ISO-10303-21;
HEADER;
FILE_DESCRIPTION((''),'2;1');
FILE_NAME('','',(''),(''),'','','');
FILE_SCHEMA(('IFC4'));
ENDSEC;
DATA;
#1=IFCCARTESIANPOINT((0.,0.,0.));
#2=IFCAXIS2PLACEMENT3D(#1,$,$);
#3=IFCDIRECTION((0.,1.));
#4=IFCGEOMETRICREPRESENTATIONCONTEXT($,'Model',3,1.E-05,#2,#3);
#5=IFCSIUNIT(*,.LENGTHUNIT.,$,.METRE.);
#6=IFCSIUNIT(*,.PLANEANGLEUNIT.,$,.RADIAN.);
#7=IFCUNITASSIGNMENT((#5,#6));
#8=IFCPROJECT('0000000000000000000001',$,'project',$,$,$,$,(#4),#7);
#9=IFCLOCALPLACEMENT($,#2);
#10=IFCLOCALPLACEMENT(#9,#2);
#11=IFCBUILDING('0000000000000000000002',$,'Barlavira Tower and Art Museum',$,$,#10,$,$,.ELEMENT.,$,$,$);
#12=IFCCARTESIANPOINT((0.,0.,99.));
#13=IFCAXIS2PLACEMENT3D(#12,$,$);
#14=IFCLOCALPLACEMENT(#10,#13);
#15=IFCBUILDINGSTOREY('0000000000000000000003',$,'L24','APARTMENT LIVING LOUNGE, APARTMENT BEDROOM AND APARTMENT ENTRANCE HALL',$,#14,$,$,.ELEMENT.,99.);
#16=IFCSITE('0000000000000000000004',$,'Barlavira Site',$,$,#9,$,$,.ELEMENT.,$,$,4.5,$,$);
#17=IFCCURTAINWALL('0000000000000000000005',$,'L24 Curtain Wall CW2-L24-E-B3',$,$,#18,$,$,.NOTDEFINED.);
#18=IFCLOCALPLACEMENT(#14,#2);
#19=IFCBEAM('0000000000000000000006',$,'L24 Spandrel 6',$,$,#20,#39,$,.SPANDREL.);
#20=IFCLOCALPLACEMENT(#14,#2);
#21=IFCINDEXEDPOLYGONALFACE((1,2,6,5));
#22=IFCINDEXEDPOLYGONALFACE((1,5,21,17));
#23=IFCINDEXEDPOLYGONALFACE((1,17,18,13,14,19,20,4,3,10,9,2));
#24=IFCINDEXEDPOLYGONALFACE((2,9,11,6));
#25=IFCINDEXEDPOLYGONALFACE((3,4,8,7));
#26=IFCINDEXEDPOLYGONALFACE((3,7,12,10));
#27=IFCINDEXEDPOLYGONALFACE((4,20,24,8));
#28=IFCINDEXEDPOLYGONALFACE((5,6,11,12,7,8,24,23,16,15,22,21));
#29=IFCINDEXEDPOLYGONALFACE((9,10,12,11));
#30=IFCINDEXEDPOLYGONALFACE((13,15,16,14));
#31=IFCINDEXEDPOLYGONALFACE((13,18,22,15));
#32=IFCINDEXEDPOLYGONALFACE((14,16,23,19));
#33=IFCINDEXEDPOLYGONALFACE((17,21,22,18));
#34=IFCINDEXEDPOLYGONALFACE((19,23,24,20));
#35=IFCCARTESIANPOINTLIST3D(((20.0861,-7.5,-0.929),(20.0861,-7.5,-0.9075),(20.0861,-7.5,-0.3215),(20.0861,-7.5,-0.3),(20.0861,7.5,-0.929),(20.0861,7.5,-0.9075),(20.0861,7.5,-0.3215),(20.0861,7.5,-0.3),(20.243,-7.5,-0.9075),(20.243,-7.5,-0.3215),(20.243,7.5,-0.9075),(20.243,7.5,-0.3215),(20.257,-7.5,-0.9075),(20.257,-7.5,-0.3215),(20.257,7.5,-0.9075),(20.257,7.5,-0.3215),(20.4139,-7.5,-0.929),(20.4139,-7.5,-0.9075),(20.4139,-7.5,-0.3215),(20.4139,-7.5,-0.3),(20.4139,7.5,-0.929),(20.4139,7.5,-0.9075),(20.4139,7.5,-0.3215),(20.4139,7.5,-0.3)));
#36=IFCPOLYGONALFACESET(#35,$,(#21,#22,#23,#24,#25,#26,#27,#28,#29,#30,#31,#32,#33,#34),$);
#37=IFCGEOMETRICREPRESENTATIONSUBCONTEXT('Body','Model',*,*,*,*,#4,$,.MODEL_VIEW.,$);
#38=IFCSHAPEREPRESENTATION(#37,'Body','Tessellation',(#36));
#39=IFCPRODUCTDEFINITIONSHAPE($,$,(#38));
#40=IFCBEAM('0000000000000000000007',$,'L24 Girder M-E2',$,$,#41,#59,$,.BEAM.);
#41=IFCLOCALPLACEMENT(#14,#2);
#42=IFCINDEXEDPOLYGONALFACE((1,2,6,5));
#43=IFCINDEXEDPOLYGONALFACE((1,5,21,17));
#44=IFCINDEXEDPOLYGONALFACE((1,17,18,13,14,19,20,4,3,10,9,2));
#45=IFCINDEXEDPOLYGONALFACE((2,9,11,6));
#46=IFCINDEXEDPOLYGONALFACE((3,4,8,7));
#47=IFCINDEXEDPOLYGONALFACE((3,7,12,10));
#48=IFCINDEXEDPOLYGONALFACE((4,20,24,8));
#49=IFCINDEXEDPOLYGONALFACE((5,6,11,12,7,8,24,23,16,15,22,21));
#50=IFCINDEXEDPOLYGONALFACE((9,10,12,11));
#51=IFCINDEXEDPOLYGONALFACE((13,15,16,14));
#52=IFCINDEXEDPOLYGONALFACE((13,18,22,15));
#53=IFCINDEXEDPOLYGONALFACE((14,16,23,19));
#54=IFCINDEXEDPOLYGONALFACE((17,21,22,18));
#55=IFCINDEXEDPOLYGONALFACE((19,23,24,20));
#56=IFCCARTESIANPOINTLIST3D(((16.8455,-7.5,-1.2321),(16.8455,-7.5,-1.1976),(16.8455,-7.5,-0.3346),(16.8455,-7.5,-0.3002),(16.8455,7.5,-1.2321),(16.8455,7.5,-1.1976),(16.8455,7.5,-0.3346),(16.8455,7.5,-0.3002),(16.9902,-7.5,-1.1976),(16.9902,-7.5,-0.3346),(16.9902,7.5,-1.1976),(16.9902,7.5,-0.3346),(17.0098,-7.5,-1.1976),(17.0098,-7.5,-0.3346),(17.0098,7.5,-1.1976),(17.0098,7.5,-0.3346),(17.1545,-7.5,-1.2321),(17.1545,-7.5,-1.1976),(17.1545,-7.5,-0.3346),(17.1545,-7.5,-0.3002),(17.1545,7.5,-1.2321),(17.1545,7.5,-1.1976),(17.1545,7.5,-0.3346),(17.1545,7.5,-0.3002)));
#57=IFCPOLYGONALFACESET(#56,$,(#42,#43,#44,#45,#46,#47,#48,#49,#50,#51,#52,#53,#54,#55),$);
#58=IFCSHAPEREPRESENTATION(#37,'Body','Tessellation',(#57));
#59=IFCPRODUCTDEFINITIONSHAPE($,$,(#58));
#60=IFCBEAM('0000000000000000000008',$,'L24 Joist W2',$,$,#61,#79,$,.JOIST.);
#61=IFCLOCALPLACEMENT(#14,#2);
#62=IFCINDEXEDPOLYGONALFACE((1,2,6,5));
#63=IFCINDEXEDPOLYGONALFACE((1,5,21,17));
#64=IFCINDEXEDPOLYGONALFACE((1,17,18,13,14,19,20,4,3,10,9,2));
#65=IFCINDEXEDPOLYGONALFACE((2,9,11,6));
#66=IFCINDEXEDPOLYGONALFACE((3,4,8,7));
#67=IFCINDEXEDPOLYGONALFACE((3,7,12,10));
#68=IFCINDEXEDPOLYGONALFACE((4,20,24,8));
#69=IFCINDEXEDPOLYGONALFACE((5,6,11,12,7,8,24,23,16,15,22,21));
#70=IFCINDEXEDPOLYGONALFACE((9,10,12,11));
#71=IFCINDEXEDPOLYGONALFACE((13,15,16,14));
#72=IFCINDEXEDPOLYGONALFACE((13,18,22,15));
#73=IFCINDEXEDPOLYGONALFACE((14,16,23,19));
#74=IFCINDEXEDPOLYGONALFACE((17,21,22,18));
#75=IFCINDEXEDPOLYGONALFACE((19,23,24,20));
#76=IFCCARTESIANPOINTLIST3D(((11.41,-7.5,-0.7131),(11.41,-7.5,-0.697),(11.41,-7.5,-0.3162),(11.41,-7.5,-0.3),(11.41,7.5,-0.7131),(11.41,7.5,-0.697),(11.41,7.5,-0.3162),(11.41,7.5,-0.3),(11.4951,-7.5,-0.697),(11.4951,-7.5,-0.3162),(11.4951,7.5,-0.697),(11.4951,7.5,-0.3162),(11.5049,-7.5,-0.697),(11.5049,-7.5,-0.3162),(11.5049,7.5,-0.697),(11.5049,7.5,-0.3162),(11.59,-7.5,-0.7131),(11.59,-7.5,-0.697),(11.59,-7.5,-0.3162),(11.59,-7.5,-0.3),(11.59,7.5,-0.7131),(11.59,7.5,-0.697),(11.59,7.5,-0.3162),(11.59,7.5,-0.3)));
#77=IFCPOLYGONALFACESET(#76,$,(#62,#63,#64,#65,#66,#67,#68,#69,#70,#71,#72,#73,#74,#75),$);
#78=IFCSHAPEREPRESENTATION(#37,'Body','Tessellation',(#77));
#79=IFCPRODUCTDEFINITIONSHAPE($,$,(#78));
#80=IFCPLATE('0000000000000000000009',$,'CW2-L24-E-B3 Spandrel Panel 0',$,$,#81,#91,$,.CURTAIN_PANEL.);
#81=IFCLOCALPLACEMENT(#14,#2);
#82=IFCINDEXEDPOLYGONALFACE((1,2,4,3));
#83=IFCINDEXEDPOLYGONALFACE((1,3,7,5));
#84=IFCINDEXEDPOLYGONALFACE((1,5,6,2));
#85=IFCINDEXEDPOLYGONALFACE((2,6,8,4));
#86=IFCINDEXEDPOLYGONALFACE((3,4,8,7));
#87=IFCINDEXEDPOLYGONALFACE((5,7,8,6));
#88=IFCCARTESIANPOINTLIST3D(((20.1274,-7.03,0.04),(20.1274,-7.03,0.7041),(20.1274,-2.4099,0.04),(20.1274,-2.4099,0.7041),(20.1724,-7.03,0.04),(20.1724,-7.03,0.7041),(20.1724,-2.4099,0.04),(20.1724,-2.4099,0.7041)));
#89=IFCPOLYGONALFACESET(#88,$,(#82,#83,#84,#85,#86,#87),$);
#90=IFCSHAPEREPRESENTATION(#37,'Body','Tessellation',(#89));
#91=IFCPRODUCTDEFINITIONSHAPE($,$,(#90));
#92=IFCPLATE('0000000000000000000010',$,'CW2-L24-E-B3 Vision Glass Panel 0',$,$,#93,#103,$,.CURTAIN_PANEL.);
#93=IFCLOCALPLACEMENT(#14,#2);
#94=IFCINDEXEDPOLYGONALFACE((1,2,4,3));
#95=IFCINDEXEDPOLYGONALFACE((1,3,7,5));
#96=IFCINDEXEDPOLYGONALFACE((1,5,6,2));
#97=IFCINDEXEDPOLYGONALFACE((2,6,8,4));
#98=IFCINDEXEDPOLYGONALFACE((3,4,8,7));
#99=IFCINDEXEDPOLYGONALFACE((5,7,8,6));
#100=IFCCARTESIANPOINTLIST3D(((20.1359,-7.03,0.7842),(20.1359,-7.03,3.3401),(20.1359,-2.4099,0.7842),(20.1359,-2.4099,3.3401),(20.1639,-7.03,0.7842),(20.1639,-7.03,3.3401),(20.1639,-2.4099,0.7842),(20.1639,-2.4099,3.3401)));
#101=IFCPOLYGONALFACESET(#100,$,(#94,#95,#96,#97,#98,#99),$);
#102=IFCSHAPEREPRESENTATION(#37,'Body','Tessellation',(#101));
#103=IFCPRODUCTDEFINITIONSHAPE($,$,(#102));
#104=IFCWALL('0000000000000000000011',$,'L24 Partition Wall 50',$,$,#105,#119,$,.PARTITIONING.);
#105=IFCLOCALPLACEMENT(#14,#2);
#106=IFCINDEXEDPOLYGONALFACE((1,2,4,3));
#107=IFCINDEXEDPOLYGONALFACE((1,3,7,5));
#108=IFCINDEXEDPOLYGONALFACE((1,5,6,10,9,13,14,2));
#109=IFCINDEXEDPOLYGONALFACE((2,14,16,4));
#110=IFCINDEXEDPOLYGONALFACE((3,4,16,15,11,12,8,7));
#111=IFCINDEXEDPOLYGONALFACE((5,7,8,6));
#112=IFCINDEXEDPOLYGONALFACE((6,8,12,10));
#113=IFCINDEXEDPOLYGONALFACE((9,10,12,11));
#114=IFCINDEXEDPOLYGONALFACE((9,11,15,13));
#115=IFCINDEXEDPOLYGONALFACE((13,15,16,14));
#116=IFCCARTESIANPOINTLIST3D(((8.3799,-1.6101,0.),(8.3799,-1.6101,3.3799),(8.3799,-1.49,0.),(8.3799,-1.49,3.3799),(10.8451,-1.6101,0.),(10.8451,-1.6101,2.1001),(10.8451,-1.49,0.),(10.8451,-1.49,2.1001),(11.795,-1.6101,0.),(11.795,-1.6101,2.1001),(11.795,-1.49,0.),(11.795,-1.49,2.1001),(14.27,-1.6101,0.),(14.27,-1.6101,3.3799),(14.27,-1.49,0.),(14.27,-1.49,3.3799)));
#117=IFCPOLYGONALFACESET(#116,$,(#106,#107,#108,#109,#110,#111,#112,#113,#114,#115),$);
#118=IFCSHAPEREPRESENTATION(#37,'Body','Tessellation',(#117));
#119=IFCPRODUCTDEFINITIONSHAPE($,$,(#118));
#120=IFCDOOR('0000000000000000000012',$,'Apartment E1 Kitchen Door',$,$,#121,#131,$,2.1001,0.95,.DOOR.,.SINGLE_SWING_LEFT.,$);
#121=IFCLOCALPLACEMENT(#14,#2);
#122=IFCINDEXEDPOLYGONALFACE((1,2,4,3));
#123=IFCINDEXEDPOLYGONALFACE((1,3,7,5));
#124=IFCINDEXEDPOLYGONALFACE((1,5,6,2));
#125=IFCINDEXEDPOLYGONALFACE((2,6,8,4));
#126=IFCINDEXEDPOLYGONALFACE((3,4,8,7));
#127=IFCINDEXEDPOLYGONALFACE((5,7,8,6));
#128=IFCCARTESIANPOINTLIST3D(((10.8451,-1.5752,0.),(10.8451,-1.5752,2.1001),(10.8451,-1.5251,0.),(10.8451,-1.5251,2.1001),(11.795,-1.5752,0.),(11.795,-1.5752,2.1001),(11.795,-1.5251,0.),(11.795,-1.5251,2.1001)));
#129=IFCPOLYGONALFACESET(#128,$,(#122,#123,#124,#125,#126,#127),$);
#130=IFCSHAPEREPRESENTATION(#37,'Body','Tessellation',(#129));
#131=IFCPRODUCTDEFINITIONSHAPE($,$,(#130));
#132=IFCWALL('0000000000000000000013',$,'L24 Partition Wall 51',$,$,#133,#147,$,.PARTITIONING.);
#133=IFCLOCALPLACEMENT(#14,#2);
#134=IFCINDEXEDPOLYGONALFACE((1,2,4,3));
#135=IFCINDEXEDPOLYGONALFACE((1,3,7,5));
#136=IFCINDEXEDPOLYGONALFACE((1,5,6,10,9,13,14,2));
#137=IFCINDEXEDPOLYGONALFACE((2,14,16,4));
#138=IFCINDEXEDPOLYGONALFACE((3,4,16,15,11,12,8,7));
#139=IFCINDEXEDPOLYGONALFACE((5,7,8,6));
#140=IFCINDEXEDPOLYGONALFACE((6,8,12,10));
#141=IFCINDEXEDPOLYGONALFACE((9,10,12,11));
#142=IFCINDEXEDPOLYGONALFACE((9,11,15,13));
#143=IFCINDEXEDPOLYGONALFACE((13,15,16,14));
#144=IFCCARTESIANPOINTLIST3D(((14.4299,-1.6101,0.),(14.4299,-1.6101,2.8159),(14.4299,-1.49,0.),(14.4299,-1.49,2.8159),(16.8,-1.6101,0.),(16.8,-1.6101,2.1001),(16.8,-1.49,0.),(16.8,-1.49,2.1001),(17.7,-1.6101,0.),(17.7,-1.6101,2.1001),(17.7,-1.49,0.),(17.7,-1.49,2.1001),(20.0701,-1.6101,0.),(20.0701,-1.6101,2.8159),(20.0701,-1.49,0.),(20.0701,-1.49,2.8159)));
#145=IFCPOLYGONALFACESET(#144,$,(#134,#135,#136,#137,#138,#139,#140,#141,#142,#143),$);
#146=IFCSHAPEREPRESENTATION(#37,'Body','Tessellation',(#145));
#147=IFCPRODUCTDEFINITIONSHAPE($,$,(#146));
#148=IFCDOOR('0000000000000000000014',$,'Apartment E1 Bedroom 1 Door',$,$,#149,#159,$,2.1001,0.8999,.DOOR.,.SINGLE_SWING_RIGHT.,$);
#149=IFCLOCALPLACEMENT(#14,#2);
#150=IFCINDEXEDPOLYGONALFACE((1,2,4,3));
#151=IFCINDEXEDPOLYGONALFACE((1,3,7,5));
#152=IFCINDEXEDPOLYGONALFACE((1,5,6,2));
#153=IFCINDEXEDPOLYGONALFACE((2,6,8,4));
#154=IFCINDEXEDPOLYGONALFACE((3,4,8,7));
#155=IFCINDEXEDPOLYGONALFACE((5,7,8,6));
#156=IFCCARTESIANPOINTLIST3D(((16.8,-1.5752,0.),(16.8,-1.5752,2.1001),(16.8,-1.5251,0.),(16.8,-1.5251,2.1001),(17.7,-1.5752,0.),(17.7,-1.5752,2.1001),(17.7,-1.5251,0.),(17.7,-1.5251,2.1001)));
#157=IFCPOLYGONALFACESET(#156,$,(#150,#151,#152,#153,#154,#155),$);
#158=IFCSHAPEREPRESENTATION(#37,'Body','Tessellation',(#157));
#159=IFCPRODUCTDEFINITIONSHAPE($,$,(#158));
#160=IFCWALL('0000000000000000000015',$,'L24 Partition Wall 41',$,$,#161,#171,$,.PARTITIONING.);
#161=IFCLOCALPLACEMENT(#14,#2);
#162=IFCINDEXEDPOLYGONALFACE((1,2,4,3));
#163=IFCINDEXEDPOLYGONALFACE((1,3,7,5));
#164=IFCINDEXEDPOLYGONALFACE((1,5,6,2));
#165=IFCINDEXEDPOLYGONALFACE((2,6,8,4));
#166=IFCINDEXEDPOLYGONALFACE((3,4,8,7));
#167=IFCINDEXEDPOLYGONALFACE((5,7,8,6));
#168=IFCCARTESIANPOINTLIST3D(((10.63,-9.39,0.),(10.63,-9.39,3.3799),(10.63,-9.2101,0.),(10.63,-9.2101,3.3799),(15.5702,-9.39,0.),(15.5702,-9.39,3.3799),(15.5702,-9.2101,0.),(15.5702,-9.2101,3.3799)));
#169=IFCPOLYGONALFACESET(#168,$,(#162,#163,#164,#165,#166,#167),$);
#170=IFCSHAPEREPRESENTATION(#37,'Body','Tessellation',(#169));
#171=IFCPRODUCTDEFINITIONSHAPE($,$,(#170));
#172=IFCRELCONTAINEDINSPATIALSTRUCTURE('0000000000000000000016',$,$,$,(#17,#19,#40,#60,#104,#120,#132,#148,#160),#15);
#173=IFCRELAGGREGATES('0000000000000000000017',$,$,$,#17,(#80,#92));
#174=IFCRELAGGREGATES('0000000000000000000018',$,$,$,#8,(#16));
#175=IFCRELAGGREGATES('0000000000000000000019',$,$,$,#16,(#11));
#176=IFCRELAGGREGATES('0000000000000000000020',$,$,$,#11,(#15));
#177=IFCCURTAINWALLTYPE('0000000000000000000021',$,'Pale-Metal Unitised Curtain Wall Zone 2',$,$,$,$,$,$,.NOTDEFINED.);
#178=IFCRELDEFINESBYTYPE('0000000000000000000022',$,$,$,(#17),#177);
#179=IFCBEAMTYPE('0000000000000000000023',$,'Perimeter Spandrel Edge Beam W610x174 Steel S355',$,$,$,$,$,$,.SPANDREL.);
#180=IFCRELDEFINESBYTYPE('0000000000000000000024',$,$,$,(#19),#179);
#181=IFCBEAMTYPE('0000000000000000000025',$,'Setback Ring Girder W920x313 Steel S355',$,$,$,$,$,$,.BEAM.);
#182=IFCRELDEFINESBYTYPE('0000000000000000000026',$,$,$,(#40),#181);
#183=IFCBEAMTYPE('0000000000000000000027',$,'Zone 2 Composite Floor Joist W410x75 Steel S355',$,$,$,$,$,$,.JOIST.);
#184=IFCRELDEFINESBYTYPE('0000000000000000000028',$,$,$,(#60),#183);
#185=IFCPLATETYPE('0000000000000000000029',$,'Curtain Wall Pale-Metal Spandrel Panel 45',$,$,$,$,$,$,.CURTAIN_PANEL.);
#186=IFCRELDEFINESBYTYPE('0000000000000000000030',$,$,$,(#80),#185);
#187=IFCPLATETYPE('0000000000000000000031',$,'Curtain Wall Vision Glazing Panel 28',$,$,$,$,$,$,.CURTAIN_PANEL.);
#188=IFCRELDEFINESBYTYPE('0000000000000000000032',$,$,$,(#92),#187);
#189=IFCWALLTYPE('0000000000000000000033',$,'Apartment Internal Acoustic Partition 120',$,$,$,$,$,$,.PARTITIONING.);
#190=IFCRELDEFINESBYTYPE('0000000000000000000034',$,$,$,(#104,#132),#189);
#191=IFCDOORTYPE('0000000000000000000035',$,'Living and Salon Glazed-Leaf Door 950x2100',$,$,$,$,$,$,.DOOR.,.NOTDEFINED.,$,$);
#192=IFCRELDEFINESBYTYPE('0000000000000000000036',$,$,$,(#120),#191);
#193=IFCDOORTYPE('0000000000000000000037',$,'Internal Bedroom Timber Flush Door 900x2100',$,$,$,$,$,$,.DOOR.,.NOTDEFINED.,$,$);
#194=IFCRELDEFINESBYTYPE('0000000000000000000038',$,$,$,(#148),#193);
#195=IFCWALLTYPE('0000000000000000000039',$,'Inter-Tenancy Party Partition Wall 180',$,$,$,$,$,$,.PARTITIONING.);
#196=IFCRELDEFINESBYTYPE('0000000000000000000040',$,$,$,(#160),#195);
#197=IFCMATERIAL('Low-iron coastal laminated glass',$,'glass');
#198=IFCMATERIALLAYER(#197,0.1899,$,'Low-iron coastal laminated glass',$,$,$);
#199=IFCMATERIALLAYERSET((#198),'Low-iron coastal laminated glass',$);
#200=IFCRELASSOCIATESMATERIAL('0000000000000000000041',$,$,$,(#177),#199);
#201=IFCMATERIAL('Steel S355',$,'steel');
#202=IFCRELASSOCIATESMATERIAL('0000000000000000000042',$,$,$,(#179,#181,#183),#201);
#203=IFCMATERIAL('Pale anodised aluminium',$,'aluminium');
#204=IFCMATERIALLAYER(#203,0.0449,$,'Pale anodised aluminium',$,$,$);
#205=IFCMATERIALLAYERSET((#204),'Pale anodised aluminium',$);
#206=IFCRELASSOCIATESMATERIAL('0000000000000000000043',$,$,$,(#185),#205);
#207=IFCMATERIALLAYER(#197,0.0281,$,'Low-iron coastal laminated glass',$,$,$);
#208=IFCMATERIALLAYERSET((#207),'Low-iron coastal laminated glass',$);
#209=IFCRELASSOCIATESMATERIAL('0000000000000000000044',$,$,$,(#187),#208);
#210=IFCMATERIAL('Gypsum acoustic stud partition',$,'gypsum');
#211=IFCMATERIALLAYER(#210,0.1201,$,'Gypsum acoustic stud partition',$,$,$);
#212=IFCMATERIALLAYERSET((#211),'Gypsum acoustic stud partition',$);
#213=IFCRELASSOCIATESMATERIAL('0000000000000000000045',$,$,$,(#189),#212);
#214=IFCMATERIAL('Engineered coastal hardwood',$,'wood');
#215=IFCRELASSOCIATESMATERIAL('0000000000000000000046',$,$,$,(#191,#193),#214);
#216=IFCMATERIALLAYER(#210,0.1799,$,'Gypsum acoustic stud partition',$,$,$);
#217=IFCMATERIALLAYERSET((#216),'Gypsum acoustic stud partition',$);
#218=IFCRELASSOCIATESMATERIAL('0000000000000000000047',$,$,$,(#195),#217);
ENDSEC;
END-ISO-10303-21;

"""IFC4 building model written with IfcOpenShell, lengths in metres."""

from ifc_helpers import new_model, si_unit, direction, frame, frame_2d, origin, origin_2d, place, context, subcontext, project, spatial, rectangle, i_section, extrude, material, layer, layer_set, material_profile, profile_set, type_object, element, fill, aggregate, save


model = new_model("IFC4")

# Units and contexts
model_context = context("Model", 3, precision=1e-05, world=origin(), true_north=direction((0.0, 1.0)))
body_context = subcontext(model_context, "Body", "Model", "MODEL_VIEW")
ifc_project = project(units=[si_unit("LENGTHUNIT", "METRE"), si_unit("PLANEANGLEUNIT", "RADIAN")], contexts=[model_context])

# Site, building, storey
site_placement = place(None, origin())
site = spatial("IfcSite", under=ifc_project, at=site_placement, Name="Barlavira Site", CompositionType="ELEMENT", RefElevation=4.5)
building_placement = place(site_placement, origin())
building = spatial("IfcBuilding", under=site, at=building_placement, Name="Barlavira Tower and Art Museum", CompositionType="ELEMENT")
storey_placement = place(building_placement, frame((0.0, 0.0, 99.0)))
storey = spatial("IfcBuildingStorey", under=building, at=storey_placement, Name="L24", Description="APARTMENT LIVING LOUNGE, APARTMENT BEDROOM AND APARTMENT ENTRANCE HALL", CompositionType="ELEMENT", Elevation=99.0)

# Curtain wall
ifc_material_1 = material(Name="Low-iron coastal laminated glass", Category="glass")
ifc_layer_1 = layer(ifc_material_1, 0.1899, Name="Low-iron coastal laminated glass")
ifc_layer_set_1 = layer_set([ifc_layer_1], Name="Low-iron coastal laminated glass")
curtain_wall_type = type_object("IfcCurtainWallType", Name="Pale-Metal Unitised Curtain Wall Zone 2", PredefinedType="NOTDEFINED", material=ifc_layer_set_1)
curtain_wall_placement = place(storey_placement, origin())
curtain_wall = element("IfcCurtainWall", 1, at=curtain_wall_placement, inside=storey, type_object=curtain_wall_type, Name="L24 Curtain Wall CW2-L24-E-B3", PredefinedType="NOTDEFINED")
ifc_material_2 = material(Name="Pale anodised aluminium", Category="aluminium")

# Beams
ifc_material_3 = material(Name="Steel S355", Category="steel")
ifc_material_profile_1 = material_profile(ifc_material_3, i_section(OverallWidth=0.3279, OverallDepth=0.6289, WebThickness=0.0139, FlangeThickness=0.0215, at=origin_2d()), Name="W610x174.0")
ifc_profile_set_1 = profile_set([ifc_material_profile_1], Name="Steel S355")
beam_type_1 = type_object("IfcBeamType", Name="Perimeter Spandrel Edge Beam W610x174 Steel S355", PredefinedType="SPANDREL", material=ifc_profile_set_1)
beam_1_placement = place(storey_placement, frame((20.25, -7.5, -0.6145), z_axis=(0.0, 1.0, 0.0), x_axis=(-1.0, 0.0, 0.0)))
element("IfcBeam", 2, at=beam_1_placement, inside=storey, type_object=beam_type_1, Name="L24 Spandrel 6", PredefinedType="SPANDREL", context=body_context, shape_type="SweptSolid", body=[
    extrude(i_section(OverallWidth=0.3279, OverallDepth=0.6289, WebThickness=0.0139, FlangeThickness=0.0215, at=origin_2d()), origin(), (0.0, 0.0, 1.0), 15.0),
])
ifc_material_profile_2 = material_profile(ifc_material_3, i_section(OverallWidth=0.3091, OverallDepth=0.9319, WebThickness=0.0195, FlangeThickness=0.0344, at=origin_2d()), Name="W920x313.0")
ifc_profile_set_2 = profile_set([ifc_material_profile_2], Name="Steel S355")
beam_type_2 = type_object("IfcBeamType", Name="Setback Ring Girder W920x313 Steel S355", PredefinedType="BEAM", material=ifc_profile_set_2)
beam_2_placement = place(storey_placement, frame((17.0, -7.5, -0.7661), z_axis=(0.0, 1.0, 0.0), x_axis=(-1.0, 0.0, 0.0)))
element("IfcBeam", 3, at=beam_2_placement, inside=storey, type_object=beam_type_2, Name="L24 Girder M-E2", PredefinedType="BEAM", context=body_context, shape_type="SweptSolid", body=[
    extrude(i_section(OverallWidth=0.3091, OverallDepth=0.9319, WebThickness=0.0195, FlangeThickness=0.0344, at=origin_2d()), origin(), (0.0, 0.0, 1.0), 15.0),
])
ifc_material_profile_3 = material_profile(ifc_material_3, i_section(OverallWidth=0.1799, OverallDepth=0.4131, WebThickness=0.0098, FlangeThickness=0.0161, at=origin_2d()), Name="W410x75.0")
ifc_profile_set_3 = profile_set([ifc_material_profile_3], Name="Steel S355")
beam_type_3 = type_object("IfcBeamType", Name="Zone 2 Composite Floor Joist W410x75 Steel S355", PredefinedType="JOIST", material=ifc_profile_set_3)
beam_3_placement = place(storey_placement, frame((11.5, -7.5, -0.5066), z_axis=(0.0, 1.0, 0.0), x_axis=(-1.0, 0.0, 0.0)))
element("IfcBeam", 4, at=beam_3_placement, inside=storey, type_object=beam_type_3, Name="L24 Joist W2", PredefinedType="JOIST", context=body_context, shape_type="SweptSolid", body=[
    extrude(i_section(OverallWidth=0.1799, OverallDepth=0.4131, WebThickness=0.0098, FlangeThickness=0.0161, at=origin_2d()), origin(), (0.0, 0.0, 1.0), 15.0),
])

# Plates
ifc_layer_2 = layer(ifc_material_2, 0.0449, Name="Pale anodised aluminium")
ifc_layer_set_2 = layer_set([ifc_layer_2], Name="Pale anodised aluminium")
plate_type_1 = type_object("IfcPlateType", Name="Curtain Wall Pale-Metal Spandrel Panel 45", PredefinedType="CURTAIN_PANEL", material=ifc_layer_set_2)
plate_1_placement = place(storey_placement, frame((20.1499, -4.72, 0.04), z_axis=(0.0, 0.0, 1.0), x_axis=(0.0, 1.0, 0.0)))
plate_1 = element("IfcPlate", 5, at=plate_1_placement, type_object=plate_type_1, Name="CW2-L24-E-B3 Spandrel Panel 0", PredefinedType="CURTAIN_PANEL", context=body_context, shape_type="SweptSolid", body=[
    extrude(rectangle(XDim=4.6201, YDim=0.0449, at=origin_2d()), origin(), (0.0, 0.0, 1.0), 0.6641),
])
ifc_layer_3 = layer(ifc_material_1, 0.0281, Name="Low-iron coastal laminated glass")
ifc_layer_set_3 = layer_set([ifc_layer_3], Name="Low-iron coastal laminated glass")
plate_type_2 = type_object("IfcPlateType", Name="Curtain Wall Vision Glazing Panel 28", PredefinedType="CURTAIN_PANEL", material=ifc_layer_set_3)
plate_2_placement = place(storey_placement, frame((20.1499, -4.72, 0.7842), z_axis=(0.0, 0.0, 1.0), x_axis=(0.0, 1.0, 0.0)))
plate_2 = element("IfcPlate", 6, at=plate_2_placement, type_object=plate_type_2, Name="CW2-L24-E-B3 Vision Glass Panel 0", PredefinedType="CURTAIN_PANEL", context=body_context, shape_type="SweptSolid", body=[
    extrude(rectangle(XDim=4.6201, YDim=0.0281, at=origin_2d()), origin(), (0.0, 0.0, 1.0), 2.5559),
])
aggregate(curtain_wall, [plate_1, plate_2])

# Walls, openings, doors
ifc_material_4 = material(Name="Gypsum acoustic stud partition", Category="gypsum")
ifc_layer_4 = layer(ifc_material_4, 0.1201, Name="Gypsum acoustic stud partition")
ifc_layer_set_4 = layer_set([ifc_layer_4], Name="Gypsum acoustic stud partition")
wall_type_1 = type_object("IfcWallType", Name="Apartment Internal Acoustic Partition 120", PredefinedType="PARTITIONING", material=ifc_layer_set_4)
wall_1_placement = place(storey_placement, frame((8.3799, -1.55, 0.0), z_axis=(0.0, 0.0, 1.0), x_axis=(1.0, 0.0, 0.0)))
wall_1 = element("IfcWall", 7, at=wall_1_placement, inside=storey, type_object=wall_type_1, Name="L24 Partition Wall 50", PredefinedType="PARTITIONING", context=body_context, shape_type="SweptSolid", body=[
    extrude(rectangle(XDim=5.8901, YDim=0.1201, at=frame_2d((2.9451, 0.0))), origin(), (0.0, 0.0, 1.0), 3.3799),
])
opening_1_placement = place(wall_1_placement, frame((2.4651, 0.0, 0.0)))
opening_1 = element("IfcOpeningElement", 8, at=opening_1_placement, cuts=wall_1, PredefinedType="OPENING", context=body_context, shape_type="SweptSolid", body=[
    extrude(rectangle(XDim=0.95, YDim=2.1001, at=frame_2d((0.4751, 1.05))), frame((0.0, 0.0701, 0.0), z_axis=(0.0, -1.0, 0.0), x_axis=(1.0, 0.0, 0.0)), (0.0, 0.0, 1.0), 0.1401),
])
ifc_material_5 = material(Name="Engineered coastal hardwood", Category="wood")
door_type_1 = type_object("IfcDoorType", Name="Living and Salon Glazed-Leaf Door 950x2100", OperationType="NOTDEFINED", PredefinedType="DOOR", material=ifc_material_5)
door_1_placement = place(opening_1_placement, origin())
door_1 = element("IfcDoor", 9, at=door_1_placement, inside=storey, type_object=door_type_1, Name="Apartment E1 Kitchen Door", OperationType="SINGLE_SWING_LEFT", OverallHeight=2.1001, OverallWidth=0.95, PredefinedType="DOOR", context=body_context, shape_type="SweptSolid", body=[
    extrude(rectangle(XDim=0.95, YDim=2.1001, at=frame_2d((0.4751, 1.05))), frame((0.0, 0.0249, 0.0), z_axis=(0.0, -1.0, 0.0), x_axis=(1.0, 0.0, 0.0)), (0.0, 0.0, 1.0), 0.05),
])
fill(opening_1, door_1)
wall_2_placement = place(storey_placement, frame((14.4299, -1.55, 0.0), z_axis=(0.0, 0.0, 1.0), x_axis=(1.0, 0.0, 0.0)))
wall_2 = element("IfcWall", 10, at=wall_2_placement, inside=storey, type_object=wall_type_1, Name="L24 Partition Wall 51", PredefinedType="PARTITIONING", context=body_context, shape_type="SweptSolid", body=[
    extrude(rectangle(XDim=5.6401, YDim=0.1201, at=frame_2d((2.8201, 0.0))), origin(), (0.0, 0.0, 1.0), 2.8159),
])
opening_2_placement = place(wall_2_placement, frame((2.3701, 0.0, 0.0)))
opening_2 = element("IfcOpeningElement", 11, at=opening_2_placement, cuts=wall_2, PredefinedType="OPENING", context=body_context, shape_type="SweptSolid", body=[
    extrude(rectangle(XDim=0.8999, YDim=2.1001, at=frame_2d((0.45, 1.05))), frame((0.0, 0.0701, 0.0), z_axis=(0.0, -1.0, 0.0), x_axis=(1.0, 0.0, 0.0)), (0.0, 0.0, 1.0), 0.1401),
])
door_type_2 = type_object("IfcDoorType", Name="Internal Bedroom Timber Flush Door 900x2100", OperationType="NOTDEFINED", PredefinedType="DOOR", material=ifc_material_5)
door_2_placement = place(opening_2_placement, origin())
door_2 = element("IfcDoor", 12, at=door_2_placement, inside=storey, type_object=door_type_2, Name="Apartment E1 Bedroom 1 Door", OperationType="SINGLE_SWING_RIGHT", OverallHeight=2.1001, OverallWidth=0.8999, PredefinedType="DOOR", context=body_context, shape_type="SweptSolid", body=[
    extrude(rectangle(XDim=0.8999, YDim=2.1001, at=frame_2d((0.45, 1.05))), frame((0.0, 0.0249, 0.0), z_axis=(0.0, -1.0, 0.0), x_axis=(1.0, 0.0, 0.0)), (0.0, 0.0, 1.0), 0.05),
])
fill(opening_2, door_2)

# Wall
ifc_layer_5 = layer(ifc_material_4, 0.1799, Name="Gypsum acoustic stud partition")
ifc_layer_set_5 = layer_set([ifc_layer_5], Name="Gypsum acoustic stud partition")
wall_type_2 = type_object("IfcWallType", Name="Inter-Tenancy Party Partition Wall 180", PredefinedType="PARTITIONING", material=ifc_layer_set_5)
wall_3_placement = place(storey_placement, frame((10.6299, -9.3, 0.0), z_axis=(0.0, 0.0, 1.0), x_axis=(1.0, 0.0, 0.0)))
element("IfcWall", 13, at=wall_3_placement, inside=storey, type_object=wall_type_2, Name="L24 Partition Wall 41", PredefinedType="PARTITIONING", context=body_context, shape_type="SweptSolid", body=[
    extrude(rectangle(XDim=4.9402, YDim=0.1799, at=frame_2d((2.4702, 0.0))), origin(), (0.0, 0.0, 1.0), 3.3799),
])

save(model, "model.ifc")
